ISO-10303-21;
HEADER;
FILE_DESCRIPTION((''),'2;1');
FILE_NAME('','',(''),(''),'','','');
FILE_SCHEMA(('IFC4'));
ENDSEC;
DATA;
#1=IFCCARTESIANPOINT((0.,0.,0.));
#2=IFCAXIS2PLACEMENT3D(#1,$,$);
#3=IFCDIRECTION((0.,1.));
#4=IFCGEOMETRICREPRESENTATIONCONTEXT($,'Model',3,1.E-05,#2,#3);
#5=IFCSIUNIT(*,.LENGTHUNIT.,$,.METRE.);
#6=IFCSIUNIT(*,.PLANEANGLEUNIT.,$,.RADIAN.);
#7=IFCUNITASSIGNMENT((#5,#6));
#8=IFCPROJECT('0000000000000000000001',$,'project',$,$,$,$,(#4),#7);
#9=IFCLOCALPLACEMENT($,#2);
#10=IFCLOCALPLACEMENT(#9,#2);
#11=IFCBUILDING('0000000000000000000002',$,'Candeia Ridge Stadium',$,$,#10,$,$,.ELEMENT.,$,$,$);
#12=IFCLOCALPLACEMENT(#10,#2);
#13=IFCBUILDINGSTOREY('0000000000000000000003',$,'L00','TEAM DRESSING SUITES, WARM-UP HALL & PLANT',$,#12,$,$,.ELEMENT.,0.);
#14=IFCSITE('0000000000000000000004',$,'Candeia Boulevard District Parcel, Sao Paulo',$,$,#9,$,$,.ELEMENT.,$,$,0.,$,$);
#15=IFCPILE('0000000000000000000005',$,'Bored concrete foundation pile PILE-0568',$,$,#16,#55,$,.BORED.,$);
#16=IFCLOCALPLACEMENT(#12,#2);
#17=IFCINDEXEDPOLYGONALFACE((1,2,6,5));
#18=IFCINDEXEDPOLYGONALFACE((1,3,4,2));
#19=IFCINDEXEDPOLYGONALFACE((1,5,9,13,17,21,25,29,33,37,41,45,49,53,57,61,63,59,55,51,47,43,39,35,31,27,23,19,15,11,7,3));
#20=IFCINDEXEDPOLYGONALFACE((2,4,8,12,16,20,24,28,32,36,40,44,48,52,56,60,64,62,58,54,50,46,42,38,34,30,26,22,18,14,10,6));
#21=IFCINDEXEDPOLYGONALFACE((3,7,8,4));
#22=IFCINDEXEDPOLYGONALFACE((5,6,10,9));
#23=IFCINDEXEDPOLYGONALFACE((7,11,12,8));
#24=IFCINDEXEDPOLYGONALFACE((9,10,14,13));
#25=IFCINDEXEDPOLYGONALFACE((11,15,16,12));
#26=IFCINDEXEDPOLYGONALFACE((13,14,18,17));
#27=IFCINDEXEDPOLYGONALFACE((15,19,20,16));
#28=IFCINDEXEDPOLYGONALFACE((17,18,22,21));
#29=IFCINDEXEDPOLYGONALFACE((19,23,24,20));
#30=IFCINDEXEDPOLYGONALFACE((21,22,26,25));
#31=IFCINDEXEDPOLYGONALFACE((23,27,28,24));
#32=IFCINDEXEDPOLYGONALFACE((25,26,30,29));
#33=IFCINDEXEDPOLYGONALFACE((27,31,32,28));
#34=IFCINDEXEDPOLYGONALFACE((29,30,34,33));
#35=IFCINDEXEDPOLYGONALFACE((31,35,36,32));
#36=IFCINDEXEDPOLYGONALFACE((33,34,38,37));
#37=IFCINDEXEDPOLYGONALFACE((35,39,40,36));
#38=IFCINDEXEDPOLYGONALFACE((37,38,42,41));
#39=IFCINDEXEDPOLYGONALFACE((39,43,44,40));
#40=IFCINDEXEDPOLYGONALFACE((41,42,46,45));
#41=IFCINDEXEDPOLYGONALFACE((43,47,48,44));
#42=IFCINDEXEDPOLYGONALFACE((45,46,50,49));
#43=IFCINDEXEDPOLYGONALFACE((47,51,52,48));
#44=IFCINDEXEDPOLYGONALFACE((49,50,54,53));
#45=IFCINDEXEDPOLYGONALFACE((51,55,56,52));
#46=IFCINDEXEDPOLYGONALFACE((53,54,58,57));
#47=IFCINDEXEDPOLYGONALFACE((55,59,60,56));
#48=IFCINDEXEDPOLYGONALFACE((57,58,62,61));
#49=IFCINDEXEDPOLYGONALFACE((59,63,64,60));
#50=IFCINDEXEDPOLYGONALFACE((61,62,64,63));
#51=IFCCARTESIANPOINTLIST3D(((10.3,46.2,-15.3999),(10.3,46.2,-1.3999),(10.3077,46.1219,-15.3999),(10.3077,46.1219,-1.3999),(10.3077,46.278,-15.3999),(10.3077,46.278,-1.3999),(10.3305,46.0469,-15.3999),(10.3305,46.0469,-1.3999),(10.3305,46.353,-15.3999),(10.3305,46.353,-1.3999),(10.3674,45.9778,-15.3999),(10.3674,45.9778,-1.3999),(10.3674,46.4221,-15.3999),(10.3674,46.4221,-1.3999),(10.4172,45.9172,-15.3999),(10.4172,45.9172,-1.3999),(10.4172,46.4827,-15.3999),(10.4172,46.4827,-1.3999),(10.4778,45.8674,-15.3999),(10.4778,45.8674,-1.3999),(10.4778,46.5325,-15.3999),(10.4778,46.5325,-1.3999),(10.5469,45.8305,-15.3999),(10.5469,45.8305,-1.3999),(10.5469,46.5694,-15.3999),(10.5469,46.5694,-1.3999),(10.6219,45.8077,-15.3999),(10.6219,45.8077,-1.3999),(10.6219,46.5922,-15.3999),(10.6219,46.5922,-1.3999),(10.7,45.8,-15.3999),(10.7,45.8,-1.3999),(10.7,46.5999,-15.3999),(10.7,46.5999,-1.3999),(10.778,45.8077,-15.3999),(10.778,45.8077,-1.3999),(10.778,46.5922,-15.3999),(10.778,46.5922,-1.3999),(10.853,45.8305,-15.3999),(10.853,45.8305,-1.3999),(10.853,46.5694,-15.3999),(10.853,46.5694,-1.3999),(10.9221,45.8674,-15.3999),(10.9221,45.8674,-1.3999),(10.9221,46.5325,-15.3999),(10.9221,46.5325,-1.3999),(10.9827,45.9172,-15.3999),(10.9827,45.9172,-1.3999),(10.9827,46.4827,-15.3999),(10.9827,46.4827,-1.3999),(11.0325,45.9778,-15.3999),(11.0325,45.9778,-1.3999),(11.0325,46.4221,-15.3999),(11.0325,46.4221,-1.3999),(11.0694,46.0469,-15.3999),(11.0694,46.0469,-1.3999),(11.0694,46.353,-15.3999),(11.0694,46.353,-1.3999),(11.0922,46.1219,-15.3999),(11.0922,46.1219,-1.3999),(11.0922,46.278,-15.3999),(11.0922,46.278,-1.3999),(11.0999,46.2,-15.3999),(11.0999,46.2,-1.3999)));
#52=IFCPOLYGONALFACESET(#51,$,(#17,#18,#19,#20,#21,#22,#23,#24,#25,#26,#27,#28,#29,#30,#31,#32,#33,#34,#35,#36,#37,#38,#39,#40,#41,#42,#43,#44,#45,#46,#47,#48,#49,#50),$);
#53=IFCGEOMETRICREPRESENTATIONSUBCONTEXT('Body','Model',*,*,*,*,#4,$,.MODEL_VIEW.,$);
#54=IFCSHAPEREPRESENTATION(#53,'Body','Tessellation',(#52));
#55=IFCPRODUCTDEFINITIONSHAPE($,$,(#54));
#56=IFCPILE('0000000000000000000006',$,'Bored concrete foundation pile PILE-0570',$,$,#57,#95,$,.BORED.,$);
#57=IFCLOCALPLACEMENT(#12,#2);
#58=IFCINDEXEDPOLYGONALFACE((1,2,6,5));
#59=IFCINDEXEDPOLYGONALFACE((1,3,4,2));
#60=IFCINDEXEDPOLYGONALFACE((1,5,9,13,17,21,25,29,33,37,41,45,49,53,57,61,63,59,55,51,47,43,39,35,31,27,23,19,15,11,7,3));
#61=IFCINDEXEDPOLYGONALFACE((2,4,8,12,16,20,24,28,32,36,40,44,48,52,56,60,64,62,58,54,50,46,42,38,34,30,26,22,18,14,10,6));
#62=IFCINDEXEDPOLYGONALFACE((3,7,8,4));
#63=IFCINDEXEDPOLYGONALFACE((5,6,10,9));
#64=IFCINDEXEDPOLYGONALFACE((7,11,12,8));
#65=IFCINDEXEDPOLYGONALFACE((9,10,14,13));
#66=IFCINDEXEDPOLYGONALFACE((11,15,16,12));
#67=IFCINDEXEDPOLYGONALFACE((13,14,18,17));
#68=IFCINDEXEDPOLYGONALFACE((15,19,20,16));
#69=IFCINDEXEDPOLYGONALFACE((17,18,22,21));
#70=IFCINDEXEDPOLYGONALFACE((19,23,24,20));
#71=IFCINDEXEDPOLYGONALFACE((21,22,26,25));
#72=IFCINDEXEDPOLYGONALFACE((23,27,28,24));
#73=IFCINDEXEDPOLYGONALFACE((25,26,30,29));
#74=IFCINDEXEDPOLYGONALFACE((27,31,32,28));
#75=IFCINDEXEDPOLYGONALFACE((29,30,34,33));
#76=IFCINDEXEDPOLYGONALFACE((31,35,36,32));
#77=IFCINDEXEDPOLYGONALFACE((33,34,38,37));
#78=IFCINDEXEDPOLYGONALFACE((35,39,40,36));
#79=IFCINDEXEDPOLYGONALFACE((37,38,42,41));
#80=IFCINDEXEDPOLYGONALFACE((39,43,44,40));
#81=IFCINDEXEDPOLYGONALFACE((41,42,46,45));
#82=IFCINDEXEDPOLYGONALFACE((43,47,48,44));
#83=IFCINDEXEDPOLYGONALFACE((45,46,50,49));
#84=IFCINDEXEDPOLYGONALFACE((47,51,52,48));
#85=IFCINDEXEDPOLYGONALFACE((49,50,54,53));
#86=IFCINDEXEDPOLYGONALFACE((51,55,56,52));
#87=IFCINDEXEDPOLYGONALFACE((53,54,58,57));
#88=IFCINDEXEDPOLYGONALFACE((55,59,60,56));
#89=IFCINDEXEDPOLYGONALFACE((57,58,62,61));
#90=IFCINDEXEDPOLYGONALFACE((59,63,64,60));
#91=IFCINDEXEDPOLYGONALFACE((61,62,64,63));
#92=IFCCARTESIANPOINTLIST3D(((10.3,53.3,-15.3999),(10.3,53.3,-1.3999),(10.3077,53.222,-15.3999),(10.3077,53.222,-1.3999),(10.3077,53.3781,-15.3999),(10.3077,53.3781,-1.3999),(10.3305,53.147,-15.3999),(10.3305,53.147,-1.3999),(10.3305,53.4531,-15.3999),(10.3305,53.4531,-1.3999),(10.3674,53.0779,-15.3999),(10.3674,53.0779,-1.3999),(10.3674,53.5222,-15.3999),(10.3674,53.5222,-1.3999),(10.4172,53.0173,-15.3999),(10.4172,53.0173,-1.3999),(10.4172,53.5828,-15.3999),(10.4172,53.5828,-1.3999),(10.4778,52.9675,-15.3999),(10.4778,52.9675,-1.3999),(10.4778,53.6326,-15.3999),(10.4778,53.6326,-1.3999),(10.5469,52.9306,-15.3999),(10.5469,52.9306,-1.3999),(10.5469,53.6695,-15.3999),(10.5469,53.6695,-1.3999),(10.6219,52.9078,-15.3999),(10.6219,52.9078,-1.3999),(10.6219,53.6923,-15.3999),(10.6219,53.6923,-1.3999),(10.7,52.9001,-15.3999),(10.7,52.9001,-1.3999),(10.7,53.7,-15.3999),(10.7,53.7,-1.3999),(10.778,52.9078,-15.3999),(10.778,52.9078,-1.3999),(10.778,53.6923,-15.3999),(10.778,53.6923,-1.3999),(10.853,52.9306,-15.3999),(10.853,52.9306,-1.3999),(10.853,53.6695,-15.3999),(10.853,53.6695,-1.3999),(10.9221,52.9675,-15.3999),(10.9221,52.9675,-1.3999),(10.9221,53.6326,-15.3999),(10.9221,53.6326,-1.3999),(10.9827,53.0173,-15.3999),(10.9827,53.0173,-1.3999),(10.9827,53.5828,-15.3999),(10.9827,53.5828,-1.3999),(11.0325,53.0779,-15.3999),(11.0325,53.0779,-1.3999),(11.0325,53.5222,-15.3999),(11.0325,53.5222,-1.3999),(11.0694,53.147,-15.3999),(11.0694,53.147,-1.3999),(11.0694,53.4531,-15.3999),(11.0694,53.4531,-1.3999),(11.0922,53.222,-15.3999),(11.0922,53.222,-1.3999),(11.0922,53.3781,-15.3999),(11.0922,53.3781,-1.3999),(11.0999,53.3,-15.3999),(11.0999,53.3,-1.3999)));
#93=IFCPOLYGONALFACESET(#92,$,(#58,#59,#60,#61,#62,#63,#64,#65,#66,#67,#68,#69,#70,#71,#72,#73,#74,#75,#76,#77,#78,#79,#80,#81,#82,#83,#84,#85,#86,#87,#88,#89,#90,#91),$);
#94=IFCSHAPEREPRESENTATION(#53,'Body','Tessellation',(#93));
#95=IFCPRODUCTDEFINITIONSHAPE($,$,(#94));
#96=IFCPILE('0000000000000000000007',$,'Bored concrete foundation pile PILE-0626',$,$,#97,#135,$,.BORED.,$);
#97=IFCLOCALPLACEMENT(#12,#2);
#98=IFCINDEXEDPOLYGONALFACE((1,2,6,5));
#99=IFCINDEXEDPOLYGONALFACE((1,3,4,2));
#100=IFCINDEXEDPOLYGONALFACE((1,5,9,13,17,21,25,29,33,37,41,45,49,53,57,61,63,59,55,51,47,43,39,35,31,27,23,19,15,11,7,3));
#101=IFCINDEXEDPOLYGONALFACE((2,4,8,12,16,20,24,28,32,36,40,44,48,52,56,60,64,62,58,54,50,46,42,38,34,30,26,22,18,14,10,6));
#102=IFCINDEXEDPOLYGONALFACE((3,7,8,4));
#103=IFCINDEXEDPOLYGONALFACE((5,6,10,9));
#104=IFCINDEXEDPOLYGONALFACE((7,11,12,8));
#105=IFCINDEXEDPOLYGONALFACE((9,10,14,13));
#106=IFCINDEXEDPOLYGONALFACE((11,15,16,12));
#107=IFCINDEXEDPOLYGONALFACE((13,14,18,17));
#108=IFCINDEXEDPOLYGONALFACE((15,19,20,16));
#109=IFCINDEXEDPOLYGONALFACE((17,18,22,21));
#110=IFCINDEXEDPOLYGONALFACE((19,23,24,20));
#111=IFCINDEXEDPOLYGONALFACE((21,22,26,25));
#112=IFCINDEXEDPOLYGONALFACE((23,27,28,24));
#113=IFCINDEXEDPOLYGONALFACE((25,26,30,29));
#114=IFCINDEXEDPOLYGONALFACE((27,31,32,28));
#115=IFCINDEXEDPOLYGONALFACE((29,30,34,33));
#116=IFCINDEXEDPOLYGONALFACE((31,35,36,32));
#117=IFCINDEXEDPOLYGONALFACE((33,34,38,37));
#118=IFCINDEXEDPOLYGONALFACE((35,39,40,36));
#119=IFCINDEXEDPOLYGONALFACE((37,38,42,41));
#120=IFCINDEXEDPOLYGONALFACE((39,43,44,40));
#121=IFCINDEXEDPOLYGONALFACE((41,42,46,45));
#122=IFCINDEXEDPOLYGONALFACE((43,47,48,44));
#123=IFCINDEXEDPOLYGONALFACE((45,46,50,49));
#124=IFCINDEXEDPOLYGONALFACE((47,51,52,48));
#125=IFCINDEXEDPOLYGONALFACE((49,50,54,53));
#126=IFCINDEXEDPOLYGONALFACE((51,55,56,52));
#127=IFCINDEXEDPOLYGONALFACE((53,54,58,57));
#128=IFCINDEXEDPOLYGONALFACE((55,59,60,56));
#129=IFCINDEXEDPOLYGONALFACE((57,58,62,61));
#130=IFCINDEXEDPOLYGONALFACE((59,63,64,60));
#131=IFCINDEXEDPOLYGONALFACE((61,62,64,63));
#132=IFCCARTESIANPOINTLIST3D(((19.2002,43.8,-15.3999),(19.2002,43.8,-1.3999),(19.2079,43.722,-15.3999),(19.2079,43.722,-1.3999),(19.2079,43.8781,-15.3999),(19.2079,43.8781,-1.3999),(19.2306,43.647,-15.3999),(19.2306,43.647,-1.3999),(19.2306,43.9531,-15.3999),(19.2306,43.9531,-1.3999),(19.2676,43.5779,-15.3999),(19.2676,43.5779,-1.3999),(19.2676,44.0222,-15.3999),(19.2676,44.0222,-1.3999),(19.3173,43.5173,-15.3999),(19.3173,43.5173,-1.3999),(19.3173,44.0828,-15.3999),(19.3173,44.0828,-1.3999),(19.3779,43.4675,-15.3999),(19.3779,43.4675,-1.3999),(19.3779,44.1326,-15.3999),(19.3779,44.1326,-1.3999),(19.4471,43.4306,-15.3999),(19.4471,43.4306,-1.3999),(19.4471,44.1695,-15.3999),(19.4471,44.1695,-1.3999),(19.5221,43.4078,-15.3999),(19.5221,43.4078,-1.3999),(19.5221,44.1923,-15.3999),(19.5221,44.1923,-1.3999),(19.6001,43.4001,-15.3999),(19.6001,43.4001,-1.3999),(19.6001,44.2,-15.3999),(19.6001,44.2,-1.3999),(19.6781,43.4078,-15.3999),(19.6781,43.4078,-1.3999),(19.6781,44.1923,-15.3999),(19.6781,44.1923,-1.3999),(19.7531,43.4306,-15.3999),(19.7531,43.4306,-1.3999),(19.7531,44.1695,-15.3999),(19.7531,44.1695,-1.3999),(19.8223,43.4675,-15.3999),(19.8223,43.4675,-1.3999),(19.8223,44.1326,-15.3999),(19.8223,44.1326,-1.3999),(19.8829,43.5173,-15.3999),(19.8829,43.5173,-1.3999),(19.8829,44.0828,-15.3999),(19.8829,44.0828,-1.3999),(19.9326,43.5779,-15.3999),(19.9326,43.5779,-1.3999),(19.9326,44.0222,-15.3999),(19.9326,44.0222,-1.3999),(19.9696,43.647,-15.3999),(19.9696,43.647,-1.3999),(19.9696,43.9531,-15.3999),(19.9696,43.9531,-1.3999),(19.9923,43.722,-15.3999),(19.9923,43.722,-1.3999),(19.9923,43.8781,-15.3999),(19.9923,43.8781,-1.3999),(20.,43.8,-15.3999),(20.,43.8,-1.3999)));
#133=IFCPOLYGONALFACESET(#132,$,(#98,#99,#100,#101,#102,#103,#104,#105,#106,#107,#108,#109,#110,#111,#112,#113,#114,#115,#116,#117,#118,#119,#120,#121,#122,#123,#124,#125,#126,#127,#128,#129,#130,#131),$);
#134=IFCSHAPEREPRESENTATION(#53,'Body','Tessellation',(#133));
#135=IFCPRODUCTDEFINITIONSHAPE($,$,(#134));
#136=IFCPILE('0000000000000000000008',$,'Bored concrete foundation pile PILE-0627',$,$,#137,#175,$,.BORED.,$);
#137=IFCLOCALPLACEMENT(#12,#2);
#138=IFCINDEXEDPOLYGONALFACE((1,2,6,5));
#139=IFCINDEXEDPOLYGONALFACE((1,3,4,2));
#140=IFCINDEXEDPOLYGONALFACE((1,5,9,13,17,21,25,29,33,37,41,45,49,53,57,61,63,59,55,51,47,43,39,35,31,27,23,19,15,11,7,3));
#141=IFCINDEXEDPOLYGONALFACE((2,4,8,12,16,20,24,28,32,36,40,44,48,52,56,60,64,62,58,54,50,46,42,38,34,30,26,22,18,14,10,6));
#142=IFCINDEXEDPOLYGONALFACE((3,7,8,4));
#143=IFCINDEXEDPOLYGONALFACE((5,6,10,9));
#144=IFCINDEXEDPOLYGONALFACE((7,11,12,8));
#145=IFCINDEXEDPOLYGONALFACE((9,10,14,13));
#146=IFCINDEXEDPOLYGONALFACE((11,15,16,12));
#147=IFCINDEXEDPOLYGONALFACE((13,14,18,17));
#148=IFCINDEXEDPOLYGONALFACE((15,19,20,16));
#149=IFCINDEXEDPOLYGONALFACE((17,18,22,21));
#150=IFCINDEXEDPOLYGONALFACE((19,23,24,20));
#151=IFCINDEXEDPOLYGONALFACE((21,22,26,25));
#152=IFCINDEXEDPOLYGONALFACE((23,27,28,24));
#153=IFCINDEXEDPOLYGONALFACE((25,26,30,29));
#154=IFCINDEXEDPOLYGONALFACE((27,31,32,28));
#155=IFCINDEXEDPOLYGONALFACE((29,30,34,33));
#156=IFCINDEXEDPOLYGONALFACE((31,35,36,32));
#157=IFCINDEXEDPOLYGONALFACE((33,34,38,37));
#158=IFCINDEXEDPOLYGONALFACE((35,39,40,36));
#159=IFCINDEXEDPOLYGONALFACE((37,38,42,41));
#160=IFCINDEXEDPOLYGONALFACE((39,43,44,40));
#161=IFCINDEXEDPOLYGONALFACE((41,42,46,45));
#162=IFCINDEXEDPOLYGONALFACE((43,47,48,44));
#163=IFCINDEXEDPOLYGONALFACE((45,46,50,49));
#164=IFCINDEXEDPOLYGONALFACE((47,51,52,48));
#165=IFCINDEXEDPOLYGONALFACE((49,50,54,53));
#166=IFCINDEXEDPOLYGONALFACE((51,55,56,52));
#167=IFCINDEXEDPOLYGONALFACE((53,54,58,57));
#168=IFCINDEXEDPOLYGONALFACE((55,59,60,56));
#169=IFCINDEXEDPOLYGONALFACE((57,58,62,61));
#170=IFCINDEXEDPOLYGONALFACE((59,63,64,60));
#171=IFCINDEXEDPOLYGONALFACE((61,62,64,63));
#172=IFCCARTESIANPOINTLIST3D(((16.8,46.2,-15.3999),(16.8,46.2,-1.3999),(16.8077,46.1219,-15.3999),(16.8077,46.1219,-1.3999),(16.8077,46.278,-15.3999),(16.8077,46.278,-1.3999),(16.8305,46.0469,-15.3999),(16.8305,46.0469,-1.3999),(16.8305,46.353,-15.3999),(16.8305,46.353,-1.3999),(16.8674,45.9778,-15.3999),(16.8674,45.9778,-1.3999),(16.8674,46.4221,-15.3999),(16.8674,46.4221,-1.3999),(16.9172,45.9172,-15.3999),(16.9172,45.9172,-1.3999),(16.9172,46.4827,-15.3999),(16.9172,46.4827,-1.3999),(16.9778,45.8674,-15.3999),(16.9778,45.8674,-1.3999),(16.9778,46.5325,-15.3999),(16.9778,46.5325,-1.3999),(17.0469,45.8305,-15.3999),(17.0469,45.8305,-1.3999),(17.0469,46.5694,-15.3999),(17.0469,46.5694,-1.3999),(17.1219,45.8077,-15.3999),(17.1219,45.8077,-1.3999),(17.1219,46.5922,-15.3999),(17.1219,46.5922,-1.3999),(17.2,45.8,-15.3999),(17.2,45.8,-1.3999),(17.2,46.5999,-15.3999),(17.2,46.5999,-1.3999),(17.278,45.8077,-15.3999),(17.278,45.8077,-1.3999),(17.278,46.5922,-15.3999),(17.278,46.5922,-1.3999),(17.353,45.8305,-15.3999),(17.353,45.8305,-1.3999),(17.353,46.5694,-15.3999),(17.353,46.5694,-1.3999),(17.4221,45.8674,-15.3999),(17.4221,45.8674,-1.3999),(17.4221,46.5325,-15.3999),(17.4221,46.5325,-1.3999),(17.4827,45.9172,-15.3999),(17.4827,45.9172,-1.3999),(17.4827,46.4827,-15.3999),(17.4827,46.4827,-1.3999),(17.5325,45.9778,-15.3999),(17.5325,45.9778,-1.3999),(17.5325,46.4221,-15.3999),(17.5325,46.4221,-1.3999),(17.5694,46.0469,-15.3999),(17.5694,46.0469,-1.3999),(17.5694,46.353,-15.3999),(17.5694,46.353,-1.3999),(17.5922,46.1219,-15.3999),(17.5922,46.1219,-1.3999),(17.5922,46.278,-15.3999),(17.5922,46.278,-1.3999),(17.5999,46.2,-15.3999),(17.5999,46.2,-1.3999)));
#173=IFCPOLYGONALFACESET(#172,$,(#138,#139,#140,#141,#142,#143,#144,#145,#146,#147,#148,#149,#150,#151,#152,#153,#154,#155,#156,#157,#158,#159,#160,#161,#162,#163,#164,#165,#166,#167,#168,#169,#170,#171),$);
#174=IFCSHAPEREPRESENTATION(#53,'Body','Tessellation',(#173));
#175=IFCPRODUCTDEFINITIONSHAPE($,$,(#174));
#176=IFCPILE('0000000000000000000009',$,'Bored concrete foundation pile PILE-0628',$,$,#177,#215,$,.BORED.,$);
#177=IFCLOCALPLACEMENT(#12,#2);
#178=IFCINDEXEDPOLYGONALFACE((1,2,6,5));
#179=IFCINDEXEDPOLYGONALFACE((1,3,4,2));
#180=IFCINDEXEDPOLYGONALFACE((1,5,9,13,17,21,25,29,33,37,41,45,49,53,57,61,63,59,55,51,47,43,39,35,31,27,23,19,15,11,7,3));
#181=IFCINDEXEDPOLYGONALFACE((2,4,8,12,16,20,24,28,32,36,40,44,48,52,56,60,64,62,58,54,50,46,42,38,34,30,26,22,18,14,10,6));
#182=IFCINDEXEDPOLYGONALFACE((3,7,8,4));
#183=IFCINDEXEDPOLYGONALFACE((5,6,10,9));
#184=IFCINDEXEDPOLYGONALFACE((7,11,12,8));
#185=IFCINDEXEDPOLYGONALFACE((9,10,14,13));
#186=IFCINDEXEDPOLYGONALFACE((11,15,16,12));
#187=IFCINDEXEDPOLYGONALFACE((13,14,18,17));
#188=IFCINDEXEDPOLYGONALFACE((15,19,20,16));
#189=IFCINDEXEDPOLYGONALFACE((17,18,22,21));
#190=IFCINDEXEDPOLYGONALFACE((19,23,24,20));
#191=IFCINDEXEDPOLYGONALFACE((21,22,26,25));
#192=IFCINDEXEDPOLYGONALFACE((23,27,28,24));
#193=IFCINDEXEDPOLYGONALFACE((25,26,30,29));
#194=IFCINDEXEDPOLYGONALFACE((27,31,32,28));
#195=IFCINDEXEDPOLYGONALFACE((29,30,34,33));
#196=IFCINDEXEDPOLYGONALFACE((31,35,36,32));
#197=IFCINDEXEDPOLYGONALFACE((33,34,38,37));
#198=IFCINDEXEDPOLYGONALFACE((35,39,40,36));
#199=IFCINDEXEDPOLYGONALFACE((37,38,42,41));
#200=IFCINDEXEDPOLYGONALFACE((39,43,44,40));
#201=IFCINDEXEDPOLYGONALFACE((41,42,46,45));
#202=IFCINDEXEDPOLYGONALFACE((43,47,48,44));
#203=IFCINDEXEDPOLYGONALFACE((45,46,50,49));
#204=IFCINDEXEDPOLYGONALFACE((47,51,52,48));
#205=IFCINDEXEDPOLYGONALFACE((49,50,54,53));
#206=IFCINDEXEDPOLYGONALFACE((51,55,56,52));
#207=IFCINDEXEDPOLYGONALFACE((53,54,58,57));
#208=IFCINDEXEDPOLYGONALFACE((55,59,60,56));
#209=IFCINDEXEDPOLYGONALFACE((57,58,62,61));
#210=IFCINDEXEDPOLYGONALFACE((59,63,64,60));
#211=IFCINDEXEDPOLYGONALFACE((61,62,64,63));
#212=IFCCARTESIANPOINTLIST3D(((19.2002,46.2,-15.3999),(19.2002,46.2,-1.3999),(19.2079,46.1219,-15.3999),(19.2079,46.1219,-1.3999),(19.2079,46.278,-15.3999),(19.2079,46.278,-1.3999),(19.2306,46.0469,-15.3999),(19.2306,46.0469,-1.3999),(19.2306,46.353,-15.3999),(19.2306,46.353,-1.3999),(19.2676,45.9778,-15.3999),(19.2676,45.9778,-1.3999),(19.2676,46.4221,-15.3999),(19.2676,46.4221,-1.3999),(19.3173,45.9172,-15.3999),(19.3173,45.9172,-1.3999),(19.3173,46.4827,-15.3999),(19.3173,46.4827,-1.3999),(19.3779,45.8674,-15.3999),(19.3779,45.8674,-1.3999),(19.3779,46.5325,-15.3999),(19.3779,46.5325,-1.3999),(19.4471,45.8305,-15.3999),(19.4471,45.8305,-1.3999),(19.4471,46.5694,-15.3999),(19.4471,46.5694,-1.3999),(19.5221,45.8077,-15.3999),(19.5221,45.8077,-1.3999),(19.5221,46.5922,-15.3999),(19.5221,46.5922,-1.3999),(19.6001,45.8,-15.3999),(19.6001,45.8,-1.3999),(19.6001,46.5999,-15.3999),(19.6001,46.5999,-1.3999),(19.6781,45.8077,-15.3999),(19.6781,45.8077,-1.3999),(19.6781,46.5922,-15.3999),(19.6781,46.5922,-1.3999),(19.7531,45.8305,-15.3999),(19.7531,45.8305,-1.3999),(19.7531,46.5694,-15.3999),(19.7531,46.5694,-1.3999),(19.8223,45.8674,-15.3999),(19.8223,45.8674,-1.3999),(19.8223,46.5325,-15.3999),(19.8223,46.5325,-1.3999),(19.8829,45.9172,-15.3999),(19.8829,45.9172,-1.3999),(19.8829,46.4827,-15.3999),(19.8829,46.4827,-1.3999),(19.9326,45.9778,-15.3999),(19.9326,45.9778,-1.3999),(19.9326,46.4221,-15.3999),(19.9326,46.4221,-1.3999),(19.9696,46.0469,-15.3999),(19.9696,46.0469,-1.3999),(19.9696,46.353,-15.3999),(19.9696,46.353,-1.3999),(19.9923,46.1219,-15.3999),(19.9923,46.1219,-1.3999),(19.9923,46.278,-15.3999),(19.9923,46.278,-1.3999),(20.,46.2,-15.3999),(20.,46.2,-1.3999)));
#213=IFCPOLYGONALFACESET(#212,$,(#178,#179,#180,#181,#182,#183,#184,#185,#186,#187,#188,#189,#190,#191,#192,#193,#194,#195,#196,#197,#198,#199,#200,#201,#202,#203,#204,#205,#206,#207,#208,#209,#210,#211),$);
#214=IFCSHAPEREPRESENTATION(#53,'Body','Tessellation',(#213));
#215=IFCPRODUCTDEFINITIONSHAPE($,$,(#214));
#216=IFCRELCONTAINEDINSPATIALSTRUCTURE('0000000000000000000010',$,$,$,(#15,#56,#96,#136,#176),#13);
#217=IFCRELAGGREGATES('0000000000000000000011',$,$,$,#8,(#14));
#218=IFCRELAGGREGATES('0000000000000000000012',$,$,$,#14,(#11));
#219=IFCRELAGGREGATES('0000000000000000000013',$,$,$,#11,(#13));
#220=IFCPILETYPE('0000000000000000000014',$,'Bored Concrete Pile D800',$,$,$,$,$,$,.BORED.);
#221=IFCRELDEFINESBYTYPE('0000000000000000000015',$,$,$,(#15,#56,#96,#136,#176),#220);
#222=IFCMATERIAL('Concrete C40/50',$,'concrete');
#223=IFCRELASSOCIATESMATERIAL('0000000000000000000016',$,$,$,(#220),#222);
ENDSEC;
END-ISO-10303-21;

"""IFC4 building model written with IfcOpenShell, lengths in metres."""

from ifc_helpers import new_model, si_unit, direction, frame, origin, origin_2d, place, context, subcontext, project, spatial, circle, extrude, material, material_profile, profile_set, type_object, element, save


model = new_model("IFC4")

# Units and contexts
model_context = context("Model", 3, precision=1e-05, world=origin(), true_north=direction((0.0, 1.0)))
body_context = subcontext(model_context, "Body", "Model", "MODEL_VIEW")
ifc_project = project(units=[si_unit("LENGTHUNIT", "METRE"), si_unit("PLANEANGLEUNIT", "RADIAN")], contexts=[model_context])

# Site, building, storey
site_placement = place(None, origin())
site = spatial("IfcSite", under=ifc_project, at=site_placement, Name="Candeia Boulevard District Parcel, Sao Paulo", CompositionType="ELEMENT", RefElevation=0.0)
building_placement = place(site_placement, origin())
building = spatial("IfcBuilding", under=site, at=building_placement, Name="Candeia Ridge Stadium", CompositionType="ELEMENT")
storey_placement = place(building_placement, origin())
storey = spatial("IfcBuildingStorey", under=building, at=storey_placement, Name="L00", Description="TEAM DRESSING SUITES, WARM-UP HALL & PLANT", CompositionType="ELEMENT", Elevation=0.0)

# Piles
ifc_material_1 = material(Name="Concrete C40/50", Category="concrete")
ifc_material_profile_1 = material_profile(ifc_material_1, circle(Radius=0.3999, at=origin_2d()), Name="PILE-D800", Category="concrete")
ifc_profile_set_1 = profile_set([ifc_material_profile_1], Name="Concrete C40/50")
pile_type_1 = type_object("IfcPileType", Name="Bored Concrete Pile D800", PredefinedType="BORED", material=ifc_profile_set_1)
for number, where, z_axis, x_axis, name in (
    (1, (10.7, 46.2, -1.3999), (0.0, 0.0, -1.0), (1.0, 0.0, 0.0), "Bored concrete foundation pile PILE-0568"),
    (2, (10.7, 53.3, -1.3999), (0.0, 0.0, -1.0), (1.0, 0.0, 0.0), "Bored concrete foundation pile PILE-0570"),
    (3, (19.6001, 43.8, -1.3999), (0.0, 0.0, -1.0), (1.0, 0.0, 0.0), "Bored concrete foundation pile PILE-0626"),
    (4, (17.2, 46.2, -1.3999), (0.0, 0.0, -1.0), (1.0, 0.0, 0.0), "Bored concrete foundation pile PILE-0627"),
    (5, (19.6001, 46.2, -1.3999), (0.0, 0.0, -1.0), (1.0, 0.0, 0.0), "Bored concrete foundation pile PILE-0628"),
):
    element("IfcPile", number, at=place(storey_placement, frame(where, z_axis=z_axis, x_axis=x_axis)), inside=storey, type_object=pile_type_1, Name=name, PredefinedType="BORED", context=body_context, shape_type="SweptSolid", body=[
        extrude(circle(Radius=0.3999, at=origin_2d()), origin(), (0.0, 0.0, 1.0), 14.0),
    ])

save(model, "model.ifc")
